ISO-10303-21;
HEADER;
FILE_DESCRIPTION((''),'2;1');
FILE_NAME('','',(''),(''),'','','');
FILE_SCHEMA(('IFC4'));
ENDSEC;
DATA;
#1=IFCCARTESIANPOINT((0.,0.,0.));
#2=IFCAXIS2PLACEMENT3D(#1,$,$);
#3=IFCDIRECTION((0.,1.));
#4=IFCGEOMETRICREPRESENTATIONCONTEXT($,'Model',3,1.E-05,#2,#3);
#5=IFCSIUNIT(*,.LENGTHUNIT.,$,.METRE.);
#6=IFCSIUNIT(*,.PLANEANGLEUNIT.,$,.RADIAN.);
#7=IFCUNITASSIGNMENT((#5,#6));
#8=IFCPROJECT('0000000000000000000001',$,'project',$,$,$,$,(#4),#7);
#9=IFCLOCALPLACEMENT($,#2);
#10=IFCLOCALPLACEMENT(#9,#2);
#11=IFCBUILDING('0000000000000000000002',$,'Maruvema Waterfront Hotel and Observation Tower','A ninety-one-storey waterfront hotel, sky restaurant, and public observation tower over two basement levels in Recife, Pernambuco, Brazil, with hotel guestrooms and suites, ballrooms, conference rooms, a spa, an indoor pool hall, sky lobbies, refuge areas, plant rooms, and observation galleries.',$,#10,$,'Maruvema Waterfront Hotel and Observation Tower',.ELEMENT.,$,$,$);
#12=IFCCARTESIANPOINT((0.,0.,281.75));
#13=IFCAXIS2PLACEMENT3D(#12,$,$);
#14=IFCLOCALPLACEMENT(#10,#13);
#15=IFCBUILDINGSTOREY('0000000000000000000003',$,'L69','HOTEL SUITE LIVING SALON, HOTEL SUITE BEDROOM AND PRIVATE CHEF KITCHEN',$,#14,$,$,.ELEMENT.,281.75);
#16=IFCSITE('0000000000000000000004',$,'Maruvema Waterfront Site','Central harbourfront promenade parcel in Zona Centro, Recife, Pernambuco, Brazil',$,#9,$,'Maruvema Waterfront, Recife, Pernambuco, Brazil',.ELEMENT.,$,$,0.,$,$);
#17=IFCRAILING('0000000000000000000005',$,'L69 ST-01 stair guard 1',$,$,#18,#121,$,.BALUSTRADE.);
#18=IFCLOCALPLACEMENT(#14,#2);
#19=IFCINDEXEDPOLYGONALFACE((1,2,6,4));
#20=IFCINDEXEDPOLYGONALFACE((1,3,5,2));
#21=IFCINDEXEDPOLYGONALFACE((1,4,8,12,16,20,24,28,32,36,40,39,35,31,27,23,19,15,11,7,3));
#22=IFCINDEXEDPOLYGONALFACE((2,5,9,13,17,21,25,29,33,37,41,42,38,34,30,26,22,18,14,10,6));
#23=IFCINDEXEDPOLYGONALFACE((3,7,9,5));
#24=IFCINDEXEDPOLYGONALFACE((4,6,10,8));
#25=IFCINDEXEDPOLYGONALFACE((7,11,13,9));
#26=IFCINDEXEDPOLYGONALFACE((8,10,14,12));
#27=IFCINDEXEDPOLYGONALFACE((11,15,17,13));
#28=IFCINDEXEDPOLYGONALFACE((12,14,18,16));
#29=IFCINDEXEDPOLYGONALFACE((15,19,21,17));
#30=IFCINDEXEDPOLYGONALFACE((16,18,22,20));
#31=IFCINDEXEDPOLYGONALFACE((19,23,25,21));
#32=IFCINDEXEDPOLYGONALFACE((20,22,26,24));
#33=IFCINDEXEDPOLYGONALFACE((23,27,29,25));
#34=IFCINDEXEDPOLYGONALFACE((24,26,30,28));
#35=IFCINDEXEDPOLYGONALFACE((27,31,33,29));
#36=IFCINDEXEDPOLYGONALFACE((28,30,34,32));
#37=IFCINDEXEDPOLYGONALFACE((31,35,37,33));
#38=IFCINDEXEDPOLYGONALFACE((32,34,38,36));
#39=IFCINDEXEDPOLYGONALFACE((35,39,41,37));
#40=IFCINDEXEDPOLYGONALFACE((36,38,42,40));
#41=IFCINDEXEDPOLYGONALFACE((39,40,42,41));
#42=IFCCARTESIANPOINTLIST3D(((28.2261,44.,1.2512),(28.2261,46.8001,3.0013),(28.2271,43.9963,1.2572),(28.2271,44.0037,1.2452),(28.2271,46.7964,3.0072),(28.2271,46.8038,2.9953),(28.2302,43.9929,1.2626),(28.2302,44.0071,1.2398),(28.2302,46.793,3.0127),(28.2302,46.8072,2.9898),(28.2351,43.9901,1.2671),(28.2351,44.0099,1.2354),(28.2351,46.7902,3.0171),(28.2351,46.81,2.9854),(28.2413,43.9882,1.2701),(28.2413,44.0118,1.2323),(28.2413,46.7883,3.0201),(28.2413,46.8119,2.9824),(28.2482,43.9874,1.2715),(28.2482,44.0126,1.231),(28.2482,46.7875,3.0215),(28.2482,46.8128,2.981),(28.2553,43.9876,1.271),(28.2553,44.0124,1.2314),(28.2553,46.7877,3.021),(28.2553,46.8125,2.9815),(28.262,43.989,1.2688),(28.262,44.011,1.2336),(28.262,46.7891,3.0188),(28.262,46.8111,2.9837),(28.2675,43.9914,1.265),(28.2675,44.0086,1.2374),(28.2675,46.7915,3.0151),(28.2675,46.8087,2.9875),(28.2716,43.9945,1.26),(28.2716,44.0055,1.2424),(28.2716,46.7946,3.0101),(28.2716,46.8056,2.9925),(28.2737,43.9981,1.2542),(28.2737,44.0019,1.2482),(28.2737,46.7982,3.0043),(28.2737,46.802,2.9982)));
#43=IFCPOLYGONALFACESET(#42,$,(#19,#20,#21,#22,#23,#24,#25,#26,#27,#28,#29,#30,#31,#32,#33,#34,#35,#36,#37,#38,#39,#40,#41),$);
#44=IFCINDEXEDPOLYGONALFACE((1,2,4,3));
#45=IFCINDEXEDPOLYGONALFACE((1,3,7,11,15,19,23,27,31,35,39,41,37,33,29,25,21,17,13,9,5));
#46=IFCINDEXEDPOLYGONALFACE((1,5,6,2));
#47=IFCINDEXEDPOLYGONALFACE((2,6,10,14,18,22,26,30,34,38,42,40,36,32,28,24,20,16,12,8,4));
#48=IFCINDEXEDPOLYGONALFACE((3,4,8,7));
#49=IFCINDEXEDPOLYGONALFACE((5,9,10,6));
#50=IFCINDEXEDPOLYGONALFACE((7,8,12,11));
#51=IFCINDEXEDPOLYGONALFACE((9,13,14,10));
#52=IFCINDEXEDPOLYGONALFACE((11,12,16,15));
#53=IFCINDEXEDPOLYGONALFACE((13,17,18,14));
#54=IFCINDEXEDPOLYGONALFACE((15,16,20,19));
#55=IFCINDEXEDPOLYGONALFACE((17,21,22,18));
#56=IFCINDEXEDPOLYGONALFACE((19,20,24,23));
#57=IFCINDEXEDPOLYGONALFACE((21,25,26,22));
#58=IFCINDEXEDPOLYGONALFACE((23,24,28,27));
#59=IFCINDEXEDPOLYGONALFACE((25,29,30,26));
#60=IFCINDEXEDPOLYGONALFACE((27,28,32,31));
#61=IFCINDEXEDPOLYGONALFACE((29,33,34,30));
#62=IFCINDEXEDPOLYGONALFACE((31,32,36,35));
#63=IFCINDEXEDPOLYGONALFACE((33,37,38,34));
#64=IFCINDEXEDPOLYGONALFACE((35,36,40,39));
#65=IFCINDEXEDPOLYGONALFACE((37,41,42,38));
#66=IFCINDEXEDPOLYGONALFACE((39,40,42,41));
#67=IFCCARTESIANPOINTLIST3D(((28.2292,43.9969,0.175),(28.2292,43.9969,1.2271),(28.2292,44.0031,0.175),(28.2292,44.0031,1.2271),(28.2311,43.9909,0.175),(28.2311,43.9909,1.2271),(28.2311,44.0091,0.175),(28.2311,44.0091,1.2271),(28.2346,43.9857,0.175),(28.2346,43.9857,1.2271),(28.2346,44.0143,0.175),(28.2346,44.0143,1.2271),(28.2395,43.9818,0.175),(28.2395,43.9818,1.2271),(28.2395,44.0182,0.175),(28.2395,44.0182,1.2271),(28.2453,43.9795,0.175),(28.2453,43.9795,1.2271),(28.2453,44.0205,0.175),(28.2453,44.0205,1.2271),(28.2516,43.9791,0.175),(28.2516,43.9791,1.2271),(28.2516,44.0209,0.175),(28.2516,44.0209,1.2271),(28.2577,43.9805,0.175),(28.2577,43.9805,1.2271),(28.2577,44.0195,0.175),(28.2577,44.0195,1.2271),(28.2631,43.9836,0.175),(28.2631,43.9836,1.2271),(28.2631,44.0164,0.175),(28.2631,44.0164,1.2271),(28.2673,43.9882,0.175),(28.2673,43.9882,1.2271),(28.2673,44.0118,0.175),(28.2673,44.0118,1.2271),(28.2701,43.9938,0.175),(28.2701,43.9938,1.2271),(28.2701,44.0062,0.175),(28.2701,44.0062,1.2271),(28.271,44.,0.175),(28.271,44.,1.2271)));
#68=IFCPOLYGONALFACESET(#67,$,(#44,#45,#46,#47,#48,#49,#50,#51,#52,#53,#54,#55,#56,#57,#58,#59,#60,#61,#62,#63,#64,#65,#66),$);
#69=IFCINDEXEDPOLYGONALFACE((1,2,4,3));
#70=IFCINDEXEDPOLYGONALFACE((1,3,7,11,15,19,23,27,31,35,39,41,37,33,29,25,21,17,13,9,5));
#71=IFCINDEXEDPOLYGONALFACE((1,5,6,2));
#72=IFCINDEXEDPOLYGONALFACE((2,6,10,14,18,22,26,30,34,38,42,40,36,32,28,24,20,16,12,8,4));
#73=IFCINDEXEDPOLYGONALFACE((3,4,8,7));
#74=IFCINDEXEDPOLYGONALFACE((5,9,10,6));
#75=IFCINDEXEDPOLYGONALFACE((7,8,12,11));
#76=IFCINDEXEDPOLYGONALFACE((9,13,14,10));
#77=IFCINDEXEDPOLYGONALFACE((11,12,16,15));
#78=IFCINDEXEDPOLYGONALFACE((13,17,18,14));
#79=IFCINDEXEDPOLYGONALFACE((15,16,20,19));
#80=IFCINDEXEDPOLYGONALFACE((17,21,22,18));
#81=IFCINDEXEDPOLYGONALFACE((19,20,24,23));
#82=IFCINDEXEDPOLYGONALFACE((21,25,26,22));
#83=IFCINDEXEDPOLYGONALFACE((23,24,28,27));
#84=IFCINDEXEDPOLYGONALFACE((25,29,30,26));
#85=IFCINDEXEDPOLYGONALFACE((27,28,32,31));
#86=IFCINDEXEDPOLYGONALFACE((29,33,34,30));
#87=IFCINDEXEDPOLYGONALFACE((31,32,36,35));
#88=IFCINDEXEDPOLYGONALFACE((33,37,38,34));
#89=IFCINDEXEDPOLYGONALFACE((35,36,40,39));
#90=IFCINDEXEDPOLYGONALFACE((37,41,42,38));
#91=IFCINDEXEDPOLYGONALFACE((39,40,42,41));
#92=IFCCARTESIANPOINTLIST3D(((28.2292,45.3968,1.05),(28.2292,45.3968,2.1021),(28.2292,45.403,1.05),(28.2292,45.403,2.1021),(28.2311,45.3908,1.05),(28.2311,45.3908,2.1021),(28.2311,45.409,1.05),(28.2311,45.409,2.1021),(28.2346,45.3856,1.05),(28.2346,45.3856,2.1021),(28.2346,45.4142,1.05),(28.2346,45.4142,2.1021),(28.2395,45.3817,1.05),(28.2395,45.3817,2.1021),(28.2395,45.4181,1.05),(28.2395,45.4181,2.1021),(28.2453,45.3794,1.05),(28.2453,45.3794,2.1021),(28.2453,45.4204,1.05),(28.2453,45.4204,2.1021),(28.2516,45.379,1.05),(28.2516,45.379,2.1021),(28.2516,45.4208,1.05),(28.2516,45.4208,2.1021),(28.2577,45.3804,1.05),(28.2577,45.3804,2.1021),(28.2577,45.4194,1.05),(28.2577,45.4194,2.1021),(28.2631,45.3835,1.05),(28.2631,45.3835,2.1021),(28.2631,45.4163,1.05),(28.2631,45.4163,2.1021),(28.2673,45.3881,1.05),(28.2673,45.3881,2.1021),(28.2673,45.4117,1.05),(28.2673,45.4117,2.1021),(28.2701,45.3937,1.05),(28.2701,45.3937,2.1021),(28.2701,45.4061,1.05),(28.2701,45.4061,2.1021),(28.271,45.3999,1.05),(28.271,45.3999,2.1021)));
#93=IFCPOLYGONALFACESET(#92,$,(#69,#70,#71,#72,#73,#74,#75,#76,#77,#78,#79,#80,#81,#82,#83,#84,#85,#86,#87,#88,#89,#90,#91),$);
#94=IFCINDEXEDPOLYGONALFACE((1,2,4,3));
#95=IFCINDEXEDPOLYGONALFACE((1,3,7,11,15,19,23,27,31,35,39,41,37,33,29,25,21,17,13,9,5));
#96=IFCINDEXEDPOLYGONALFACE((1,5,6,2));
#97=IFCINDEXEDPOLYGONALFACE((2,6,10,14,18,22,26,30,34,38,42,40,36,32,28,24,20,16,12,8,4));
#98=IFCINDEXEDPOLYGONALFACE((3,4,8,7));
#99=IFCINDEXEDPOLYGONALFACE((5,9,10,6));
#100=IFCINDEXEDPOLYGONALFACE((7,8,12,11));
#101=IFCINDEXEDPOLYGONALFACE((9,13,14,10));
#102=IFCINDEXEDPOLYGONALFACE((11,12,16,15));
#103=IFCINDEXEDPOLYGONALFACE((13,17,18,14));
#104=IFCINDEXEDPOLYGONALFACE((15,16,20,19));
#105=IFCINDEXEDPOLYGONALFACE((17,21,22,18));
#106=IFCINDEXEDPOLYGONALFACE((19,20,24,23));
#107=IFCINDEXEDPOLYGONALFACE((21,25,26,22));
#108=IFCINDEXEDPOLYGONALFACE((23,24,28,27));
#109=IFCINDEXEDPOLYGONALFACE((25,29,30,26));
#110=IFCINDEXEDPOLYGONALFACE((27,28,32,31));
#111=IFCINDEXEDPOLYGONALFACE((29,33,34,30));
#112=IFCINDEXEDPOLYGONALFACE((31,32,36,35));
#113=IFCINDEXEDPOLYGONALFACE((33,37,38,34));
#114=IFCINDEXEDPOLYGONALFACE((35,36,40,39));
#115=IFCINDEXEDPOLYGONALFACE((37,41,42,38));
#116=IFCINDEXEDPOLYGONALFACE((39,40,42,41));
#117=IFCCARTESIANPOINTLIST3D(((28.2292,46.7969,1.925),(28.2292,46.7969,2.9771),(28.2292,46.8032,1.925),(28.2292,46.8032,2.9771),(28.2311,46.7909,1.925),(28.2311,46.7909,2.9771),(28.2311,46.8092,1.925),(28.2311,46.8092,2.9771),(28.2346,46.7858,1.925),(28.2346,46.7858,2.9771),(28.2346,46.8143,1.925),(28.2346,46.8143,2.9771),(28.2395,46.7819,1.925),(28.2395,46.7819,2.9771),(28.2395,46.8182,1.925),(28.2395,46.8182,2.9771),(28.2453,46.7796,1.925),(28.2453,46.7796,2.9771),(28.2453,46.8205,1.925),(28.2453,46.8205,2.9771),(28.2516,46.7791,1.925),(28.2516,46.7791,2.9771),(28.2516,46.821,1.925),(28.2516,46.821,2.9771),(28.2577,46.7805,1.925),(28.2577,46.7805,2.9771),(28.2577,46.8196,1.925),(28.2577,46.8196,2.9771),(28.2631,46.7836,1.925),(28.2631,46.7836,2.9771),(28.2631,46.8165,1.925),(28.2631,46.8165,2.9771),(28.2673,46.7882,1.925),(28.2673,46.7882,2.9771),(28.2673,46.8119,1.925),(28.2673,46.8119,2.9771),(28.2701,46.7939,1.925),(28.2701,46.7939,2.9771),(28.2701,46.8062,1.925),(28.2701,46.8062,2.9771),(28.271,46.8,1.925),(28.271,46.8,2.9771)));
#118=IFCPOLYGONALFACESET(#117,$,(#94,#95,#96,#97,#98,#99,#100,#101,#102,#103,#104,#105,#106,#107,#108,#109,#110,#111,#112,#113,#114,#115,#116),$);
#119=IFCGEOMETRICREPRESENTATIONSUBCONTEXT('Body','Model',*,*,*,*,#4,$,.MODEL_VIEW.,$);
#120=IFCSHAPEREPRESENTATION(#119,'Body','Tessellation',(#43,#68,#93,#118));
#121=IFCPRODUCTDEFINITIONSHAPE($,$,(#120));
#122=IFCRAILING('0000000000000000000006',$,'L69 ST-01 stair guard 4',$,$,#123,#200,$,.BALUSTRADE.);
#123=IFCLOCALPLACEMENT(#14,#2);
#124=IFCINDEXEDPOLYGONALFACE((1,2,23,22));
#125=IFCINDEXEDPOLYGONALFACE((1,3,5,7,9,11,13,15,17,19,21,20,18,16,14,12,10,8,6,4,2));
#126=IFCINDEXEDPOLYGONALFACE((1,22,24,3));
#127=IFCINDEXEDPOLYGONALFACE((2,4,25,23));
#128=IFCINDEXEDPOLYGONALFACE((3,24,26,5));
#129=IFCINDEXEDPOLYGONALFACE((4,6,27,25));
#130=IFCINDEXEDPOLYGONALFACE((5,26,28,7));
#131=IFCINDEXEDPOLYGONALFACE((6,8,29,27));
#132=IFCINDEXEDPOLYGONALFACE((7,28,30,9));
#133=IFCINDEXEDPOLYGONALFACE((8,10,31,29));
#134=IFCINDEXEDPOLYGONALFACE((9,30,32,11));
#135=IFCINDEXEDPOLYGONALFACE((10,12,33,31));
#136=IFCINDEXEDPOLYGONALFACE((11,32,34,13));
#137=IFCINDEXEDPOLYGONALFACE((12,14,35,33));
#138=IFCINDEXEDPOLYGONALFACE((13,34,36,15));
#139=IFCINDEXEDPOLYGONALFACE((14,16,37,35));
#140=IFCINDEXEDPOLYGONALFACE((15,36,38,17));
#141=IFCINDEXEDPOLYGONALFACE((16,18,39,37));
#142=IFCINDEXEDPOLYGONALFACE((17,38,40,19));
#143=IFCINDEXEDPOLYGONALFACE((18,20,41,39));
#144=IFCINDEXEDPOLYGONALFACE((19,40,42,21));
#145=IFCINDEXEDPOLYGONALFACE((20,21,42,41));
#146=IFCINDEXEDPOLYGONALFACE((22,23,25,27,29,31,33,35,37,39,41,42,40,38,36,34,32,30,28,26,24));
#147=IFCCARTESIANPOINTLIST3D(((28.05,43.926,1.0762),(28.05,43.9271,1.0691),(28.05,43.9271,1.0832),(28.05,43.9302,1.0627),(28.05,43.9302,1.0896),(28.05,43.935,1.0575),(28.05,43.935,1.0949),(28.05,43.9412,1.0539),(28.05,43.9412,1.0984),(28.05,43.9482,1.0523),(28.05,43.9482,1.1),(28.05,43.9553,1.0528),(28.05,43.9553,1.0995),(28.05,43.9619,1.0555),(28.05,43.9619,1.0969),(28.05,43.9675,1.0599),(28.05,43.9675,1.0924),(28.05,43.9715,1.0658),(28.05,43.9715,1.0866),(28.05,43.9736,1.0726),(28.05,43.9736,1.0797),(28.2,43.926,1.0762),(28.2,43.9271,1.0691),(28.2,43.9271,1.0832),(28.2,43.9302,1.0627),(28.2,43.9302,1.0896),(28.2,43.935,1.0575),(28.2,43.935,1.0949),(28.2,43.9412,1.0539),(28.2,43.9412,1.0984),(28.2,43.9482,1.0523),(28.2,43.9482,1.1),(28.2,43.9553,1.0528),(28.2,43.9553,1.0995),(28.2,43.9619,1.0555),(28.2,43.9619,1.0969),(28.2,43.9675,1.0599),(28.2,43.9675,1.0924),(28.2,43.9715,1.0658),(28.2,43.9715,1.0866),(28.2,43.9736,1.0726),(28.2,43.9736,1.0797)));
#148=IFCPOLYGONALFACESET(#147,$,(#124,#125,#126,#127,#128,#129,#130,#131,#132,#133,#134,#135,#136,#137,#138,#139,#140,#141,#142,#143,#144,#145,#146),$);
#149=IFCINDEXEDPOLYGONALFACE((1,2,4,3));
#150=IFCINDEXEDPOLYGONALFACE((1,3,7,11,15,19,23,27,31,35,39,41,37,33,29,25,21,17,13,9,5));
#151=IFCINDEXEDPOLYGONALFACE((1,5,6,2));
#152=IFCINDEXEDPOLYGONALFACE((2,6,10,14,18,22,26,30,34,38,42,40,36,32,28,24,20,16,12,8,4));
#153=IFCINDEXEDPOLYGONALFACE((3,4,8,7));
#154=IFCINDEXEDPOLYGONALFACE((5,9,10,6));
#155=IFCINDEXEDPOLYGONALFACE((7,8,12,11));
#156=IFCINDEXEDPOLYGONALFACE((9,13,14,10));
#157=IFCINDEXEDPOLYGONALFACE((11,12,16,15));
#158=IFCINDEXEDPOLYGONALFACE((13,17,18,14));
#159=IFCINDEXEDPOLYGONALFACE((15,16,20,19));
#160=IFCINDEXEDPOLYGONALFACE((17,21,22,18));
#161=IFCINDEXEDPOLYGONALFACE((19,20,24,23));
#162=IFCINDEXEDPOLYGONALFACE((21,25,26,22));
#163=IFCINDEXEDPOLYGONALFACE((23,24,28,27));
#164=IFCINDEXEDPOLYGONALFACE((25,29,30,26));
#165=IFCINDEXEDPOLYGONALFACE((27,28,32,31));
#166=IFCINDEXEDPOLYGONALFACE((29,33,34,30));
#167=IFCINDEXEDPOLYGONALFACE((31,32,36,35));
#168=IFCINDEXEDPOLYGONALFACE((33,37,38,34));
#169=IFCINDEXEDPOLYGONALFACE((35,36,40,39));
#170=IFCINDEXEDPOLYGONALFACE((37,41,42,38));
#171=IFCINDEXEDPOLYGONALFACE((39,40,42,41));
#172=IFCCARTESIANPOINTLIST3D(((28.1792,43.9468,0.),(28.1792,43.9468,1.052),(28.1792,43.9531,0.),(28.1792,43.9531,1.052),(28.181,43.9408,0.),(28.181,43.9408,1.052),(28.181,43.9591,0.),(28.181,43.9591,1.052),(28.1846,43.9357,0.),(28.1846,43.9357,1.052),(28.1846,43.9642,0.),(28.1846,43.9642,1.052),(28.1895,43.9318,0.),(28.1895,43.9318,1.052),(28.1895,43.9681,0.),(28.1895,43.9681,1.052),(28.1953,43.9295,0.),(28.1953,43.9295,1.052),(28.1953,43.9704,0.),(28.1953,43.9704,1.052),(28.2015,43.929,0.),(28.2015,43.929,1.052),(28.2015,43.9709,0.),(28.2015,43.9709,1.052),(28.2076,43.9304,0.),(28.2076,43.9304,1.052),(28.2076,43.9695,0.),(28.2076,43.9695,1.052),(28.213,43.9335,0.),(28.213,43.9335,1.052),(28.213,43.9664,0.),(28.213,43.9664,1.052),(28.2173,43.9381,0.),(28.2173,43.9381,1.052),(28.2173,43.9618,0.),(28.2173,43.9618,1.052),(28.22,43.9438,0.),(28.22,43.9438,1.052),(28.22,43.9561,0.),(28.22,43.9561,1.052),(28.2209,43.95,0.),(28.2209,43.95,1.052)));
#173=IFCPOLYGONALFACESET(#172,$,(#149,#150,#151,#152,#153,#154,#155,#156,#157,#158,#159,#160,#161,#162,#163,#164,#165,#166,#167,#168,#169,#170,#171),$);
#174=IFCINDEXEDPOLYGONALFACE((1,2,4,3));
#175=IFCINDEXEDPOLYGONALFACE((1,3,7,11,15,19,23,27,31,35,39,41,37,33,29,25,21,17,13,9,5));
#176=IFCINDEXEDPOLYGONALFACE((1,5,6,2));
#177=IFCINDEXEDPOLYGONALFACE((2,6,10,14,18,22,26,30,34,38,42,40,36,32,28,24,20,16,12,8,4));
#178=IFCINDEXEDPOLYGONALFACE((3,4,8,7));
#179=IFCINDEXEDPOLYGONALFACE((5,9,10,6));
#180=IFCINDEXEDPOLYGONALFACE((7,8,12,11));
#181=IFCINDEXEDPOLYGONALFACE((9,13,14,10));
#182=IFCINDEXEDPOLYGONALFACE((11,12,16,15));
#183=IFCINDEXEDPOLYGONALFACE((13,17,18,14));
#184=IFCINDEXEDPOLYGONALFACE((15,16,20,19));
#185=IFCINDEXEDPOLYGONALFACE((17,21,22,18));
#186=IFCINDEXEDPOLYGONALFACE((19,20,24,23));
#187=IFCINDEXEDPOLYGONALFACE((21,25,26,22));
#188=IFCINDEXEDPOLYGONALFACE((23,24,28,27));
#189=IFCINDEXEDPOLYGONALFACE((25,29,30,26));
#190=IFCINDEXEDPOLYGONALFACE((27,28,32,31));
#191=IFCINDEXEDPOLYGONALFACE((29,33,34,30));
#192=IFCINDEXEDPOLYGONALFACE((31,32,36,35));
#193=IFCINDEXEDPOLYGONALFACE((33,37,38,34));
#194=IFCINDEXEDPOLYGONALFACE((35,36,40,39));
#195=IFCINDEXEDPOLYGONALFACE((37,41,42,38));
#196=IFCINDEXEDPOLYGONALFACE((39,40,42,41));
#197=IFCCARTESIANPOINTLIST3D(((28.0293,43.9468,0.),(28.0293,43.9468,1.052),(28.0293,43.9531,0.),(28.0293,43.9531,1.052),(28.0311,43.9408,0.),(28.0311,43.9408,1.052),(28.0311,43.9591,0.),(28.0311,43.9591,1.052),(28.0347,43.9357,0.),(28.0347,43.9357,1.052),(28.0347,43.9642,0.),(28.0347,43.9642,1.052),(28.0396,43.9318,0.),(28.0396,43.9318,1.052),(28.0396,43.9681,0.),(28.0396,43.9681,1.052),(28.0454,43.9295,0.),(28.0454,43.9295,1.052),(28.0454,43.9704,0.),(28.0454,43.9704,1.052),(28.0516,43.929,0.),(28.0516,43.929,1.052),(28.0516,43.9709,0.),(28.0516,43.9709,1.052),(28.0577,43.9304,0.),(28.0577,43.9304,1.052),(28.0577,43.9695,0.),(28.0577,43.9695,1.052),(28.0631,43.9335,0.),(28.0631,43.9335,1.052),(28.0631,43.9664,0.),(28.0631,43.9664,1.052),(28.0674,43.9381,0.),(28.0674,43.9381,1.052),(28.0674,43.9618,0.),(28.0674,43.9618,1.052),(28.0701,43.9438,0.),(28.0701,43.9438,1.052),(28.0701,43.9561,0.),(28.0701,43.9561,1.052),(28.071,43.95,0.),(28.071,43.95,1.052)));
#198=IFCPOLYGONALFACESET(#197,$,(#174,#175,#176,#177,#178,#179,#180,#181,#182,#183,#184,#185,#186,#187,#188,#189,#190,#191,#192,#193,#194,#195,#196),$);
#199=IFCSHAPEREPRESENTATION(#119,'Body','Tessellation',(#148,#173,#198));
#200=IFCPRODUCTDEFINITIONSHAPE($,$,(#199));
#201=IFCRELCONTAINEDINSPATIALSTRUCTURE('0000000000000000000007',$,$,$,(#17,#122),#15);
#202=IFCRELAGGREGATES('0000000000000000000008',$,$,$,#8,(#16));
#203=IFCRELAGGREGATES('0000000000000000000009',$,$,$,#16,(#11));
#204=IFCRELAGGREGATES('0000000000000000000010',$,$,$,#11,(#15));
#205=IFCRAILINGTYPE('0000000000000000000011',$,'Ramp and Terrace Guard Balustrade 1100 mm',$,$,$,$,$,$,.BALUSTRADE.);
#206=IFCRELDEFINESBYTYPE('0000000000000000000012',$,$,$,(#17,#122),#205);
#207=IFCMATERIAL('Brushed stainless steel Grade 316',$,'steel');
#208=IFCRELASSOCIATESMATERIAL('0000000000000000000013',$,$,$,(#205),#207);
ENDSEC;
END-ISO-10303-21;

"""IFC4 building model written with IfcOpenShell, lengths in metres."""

from ifc_helpers import new_model, si_unit, direction, frame, origin, origin_2d, place, context, subcontext, project, spatial, circle, extrude, material, type_object, element, save


model = new_model("IFC4")

# Units and contexts
model_context = context("Model", 3, precision=1e-05, world=origin(), true_north=direction((0.0, 1.0)))
body_context = subcontext(model_context, "Body", "Model", "MODEL_VIEW")
ifc_project = project(units=[si_unit("LENGTHUNIT", "METRE"), si_unit("PLANEANGLEUNIT", "RADIAN")], contexts=[model_context])

# Site, building, storey
site_placement = place(None, origin())
site = spatial("IfcSite", under=ifc_project, at=site_placement, Name="Maruvema Waterfront Site", Description="Central harbourfront promenade parcel in Zona Centro, Recife, Pernambuco, Brazil", LongName="Maruvema Waterfront, Recife, Pernambuco, Brazil", CompositionType="ELEMENT", RefElevation=0.0)
building_placement = place(site_placement, origin())
building = spatial("IfcBuilding", under=site, at=building_placement, Name="Maruvema Waterfront Hotel and Observation Tower", Description="A ninety-one-storey waterfront hotel, sky restaurant, and public observation tower over two basement levels in Recife, Pernambuco, Brazil, with hotel guestrooms and suites, ballrooms, conference rooms, a spa, an indoor pool hall, sky lobbies, refuge areas, plant rooms, and observation galleries.", LongName="Maruvema Waterfront Hotel and Observation Tower", CompositionType="ELEMENT")
storey_placement = place(building_placement, frame((0.0, 0.0, 281.75)))
storey = spatial("IfcBuildingStorey", under=building, at=storey_placement, Name="L69", Description="HOTEL SUITE LIVING SALON, HOTEL SUITE BEDROOM AND PRIVATE CHEF KITCHEN", CompositionType="ELEMENT", Elevation=281.75)

# Railings
ifc_material_1 = material(Name="Brushed stainless steel Grade 316", Category="steel")
railing_type_1 = type_object("IfcRailingType", Name="Ramp and Terrace Guard Balustrade 1100 mm", PredefinedType="BALUSTRADE", material=ifc_material_1)
railing_1_placement = place(storey_placement, frame((28.25, 44.0, 0.175)))
element("IfcRailing", 1, at=railing_1_placement, inside=storey, type_object=railing_type_1, Name="L69 ST-01 stair guard 1", PredefinedType="BALUSTRADE", context=body_context, shape_type="SweptSolid", body=[
    extrude(circle(Radius=0.0239, at=origin_2d()), frame((0.0, 0.0, 1.0762), z_axis=(0.0, 0.848002, 0.529992), x_axis=(-1.0, 0.0, 0.0)), (0.0, 0.0, 1.0), 3.302),
    extrude(circle(Radius=0.021, at=origin_2d()), origin(), (0.0, 0.0, 1.0), 1.052),
    extrude(circle(Radius=0.021, at=origin_2d()), frame((0.0, 1.3999, 0.875)), (0.0, 0.0, 1.0), 1.052),
    extrude(circle(Radius=0.021, at=origin_2d()), frame((0.0, 2.8, 1.75)), (0.0, 0.0, 1.0), 1.052),
])
railing_2_placement = place(storey_placement, frame((28.2, 43.95, 0.0)))
element("IfcRailing", 2, at=railing_2_placement, inside=storey, type_object=railing_type_1, Name="L69 ST-01 stair guard 4", PredefinedType="BALUSTRADE", context=body_context, shape_type="SweptSolid", body=[
    extrude(circle(Radius=0.0239, at=origin_2d()), frame((0.0, 0.0, 1.0762), z_axis=(-1.0, 0.0, 0.0), x_axis=(0.0, -1.0, 0.0)), (0.0, 0.0, 1.0), 0.1499),
    extrude(circle(Radius=0.021, at=origin_2d()), origin(), (0.0, 0.0, 1.0), 1.052),
    extrude(circle(Radius=0.021, at=origin_2d()), frame((-0.1499, 0.0, 0.0)), (0.0, 0.0, 1.0), 1.052),
])

save(model, "model.ifc")
